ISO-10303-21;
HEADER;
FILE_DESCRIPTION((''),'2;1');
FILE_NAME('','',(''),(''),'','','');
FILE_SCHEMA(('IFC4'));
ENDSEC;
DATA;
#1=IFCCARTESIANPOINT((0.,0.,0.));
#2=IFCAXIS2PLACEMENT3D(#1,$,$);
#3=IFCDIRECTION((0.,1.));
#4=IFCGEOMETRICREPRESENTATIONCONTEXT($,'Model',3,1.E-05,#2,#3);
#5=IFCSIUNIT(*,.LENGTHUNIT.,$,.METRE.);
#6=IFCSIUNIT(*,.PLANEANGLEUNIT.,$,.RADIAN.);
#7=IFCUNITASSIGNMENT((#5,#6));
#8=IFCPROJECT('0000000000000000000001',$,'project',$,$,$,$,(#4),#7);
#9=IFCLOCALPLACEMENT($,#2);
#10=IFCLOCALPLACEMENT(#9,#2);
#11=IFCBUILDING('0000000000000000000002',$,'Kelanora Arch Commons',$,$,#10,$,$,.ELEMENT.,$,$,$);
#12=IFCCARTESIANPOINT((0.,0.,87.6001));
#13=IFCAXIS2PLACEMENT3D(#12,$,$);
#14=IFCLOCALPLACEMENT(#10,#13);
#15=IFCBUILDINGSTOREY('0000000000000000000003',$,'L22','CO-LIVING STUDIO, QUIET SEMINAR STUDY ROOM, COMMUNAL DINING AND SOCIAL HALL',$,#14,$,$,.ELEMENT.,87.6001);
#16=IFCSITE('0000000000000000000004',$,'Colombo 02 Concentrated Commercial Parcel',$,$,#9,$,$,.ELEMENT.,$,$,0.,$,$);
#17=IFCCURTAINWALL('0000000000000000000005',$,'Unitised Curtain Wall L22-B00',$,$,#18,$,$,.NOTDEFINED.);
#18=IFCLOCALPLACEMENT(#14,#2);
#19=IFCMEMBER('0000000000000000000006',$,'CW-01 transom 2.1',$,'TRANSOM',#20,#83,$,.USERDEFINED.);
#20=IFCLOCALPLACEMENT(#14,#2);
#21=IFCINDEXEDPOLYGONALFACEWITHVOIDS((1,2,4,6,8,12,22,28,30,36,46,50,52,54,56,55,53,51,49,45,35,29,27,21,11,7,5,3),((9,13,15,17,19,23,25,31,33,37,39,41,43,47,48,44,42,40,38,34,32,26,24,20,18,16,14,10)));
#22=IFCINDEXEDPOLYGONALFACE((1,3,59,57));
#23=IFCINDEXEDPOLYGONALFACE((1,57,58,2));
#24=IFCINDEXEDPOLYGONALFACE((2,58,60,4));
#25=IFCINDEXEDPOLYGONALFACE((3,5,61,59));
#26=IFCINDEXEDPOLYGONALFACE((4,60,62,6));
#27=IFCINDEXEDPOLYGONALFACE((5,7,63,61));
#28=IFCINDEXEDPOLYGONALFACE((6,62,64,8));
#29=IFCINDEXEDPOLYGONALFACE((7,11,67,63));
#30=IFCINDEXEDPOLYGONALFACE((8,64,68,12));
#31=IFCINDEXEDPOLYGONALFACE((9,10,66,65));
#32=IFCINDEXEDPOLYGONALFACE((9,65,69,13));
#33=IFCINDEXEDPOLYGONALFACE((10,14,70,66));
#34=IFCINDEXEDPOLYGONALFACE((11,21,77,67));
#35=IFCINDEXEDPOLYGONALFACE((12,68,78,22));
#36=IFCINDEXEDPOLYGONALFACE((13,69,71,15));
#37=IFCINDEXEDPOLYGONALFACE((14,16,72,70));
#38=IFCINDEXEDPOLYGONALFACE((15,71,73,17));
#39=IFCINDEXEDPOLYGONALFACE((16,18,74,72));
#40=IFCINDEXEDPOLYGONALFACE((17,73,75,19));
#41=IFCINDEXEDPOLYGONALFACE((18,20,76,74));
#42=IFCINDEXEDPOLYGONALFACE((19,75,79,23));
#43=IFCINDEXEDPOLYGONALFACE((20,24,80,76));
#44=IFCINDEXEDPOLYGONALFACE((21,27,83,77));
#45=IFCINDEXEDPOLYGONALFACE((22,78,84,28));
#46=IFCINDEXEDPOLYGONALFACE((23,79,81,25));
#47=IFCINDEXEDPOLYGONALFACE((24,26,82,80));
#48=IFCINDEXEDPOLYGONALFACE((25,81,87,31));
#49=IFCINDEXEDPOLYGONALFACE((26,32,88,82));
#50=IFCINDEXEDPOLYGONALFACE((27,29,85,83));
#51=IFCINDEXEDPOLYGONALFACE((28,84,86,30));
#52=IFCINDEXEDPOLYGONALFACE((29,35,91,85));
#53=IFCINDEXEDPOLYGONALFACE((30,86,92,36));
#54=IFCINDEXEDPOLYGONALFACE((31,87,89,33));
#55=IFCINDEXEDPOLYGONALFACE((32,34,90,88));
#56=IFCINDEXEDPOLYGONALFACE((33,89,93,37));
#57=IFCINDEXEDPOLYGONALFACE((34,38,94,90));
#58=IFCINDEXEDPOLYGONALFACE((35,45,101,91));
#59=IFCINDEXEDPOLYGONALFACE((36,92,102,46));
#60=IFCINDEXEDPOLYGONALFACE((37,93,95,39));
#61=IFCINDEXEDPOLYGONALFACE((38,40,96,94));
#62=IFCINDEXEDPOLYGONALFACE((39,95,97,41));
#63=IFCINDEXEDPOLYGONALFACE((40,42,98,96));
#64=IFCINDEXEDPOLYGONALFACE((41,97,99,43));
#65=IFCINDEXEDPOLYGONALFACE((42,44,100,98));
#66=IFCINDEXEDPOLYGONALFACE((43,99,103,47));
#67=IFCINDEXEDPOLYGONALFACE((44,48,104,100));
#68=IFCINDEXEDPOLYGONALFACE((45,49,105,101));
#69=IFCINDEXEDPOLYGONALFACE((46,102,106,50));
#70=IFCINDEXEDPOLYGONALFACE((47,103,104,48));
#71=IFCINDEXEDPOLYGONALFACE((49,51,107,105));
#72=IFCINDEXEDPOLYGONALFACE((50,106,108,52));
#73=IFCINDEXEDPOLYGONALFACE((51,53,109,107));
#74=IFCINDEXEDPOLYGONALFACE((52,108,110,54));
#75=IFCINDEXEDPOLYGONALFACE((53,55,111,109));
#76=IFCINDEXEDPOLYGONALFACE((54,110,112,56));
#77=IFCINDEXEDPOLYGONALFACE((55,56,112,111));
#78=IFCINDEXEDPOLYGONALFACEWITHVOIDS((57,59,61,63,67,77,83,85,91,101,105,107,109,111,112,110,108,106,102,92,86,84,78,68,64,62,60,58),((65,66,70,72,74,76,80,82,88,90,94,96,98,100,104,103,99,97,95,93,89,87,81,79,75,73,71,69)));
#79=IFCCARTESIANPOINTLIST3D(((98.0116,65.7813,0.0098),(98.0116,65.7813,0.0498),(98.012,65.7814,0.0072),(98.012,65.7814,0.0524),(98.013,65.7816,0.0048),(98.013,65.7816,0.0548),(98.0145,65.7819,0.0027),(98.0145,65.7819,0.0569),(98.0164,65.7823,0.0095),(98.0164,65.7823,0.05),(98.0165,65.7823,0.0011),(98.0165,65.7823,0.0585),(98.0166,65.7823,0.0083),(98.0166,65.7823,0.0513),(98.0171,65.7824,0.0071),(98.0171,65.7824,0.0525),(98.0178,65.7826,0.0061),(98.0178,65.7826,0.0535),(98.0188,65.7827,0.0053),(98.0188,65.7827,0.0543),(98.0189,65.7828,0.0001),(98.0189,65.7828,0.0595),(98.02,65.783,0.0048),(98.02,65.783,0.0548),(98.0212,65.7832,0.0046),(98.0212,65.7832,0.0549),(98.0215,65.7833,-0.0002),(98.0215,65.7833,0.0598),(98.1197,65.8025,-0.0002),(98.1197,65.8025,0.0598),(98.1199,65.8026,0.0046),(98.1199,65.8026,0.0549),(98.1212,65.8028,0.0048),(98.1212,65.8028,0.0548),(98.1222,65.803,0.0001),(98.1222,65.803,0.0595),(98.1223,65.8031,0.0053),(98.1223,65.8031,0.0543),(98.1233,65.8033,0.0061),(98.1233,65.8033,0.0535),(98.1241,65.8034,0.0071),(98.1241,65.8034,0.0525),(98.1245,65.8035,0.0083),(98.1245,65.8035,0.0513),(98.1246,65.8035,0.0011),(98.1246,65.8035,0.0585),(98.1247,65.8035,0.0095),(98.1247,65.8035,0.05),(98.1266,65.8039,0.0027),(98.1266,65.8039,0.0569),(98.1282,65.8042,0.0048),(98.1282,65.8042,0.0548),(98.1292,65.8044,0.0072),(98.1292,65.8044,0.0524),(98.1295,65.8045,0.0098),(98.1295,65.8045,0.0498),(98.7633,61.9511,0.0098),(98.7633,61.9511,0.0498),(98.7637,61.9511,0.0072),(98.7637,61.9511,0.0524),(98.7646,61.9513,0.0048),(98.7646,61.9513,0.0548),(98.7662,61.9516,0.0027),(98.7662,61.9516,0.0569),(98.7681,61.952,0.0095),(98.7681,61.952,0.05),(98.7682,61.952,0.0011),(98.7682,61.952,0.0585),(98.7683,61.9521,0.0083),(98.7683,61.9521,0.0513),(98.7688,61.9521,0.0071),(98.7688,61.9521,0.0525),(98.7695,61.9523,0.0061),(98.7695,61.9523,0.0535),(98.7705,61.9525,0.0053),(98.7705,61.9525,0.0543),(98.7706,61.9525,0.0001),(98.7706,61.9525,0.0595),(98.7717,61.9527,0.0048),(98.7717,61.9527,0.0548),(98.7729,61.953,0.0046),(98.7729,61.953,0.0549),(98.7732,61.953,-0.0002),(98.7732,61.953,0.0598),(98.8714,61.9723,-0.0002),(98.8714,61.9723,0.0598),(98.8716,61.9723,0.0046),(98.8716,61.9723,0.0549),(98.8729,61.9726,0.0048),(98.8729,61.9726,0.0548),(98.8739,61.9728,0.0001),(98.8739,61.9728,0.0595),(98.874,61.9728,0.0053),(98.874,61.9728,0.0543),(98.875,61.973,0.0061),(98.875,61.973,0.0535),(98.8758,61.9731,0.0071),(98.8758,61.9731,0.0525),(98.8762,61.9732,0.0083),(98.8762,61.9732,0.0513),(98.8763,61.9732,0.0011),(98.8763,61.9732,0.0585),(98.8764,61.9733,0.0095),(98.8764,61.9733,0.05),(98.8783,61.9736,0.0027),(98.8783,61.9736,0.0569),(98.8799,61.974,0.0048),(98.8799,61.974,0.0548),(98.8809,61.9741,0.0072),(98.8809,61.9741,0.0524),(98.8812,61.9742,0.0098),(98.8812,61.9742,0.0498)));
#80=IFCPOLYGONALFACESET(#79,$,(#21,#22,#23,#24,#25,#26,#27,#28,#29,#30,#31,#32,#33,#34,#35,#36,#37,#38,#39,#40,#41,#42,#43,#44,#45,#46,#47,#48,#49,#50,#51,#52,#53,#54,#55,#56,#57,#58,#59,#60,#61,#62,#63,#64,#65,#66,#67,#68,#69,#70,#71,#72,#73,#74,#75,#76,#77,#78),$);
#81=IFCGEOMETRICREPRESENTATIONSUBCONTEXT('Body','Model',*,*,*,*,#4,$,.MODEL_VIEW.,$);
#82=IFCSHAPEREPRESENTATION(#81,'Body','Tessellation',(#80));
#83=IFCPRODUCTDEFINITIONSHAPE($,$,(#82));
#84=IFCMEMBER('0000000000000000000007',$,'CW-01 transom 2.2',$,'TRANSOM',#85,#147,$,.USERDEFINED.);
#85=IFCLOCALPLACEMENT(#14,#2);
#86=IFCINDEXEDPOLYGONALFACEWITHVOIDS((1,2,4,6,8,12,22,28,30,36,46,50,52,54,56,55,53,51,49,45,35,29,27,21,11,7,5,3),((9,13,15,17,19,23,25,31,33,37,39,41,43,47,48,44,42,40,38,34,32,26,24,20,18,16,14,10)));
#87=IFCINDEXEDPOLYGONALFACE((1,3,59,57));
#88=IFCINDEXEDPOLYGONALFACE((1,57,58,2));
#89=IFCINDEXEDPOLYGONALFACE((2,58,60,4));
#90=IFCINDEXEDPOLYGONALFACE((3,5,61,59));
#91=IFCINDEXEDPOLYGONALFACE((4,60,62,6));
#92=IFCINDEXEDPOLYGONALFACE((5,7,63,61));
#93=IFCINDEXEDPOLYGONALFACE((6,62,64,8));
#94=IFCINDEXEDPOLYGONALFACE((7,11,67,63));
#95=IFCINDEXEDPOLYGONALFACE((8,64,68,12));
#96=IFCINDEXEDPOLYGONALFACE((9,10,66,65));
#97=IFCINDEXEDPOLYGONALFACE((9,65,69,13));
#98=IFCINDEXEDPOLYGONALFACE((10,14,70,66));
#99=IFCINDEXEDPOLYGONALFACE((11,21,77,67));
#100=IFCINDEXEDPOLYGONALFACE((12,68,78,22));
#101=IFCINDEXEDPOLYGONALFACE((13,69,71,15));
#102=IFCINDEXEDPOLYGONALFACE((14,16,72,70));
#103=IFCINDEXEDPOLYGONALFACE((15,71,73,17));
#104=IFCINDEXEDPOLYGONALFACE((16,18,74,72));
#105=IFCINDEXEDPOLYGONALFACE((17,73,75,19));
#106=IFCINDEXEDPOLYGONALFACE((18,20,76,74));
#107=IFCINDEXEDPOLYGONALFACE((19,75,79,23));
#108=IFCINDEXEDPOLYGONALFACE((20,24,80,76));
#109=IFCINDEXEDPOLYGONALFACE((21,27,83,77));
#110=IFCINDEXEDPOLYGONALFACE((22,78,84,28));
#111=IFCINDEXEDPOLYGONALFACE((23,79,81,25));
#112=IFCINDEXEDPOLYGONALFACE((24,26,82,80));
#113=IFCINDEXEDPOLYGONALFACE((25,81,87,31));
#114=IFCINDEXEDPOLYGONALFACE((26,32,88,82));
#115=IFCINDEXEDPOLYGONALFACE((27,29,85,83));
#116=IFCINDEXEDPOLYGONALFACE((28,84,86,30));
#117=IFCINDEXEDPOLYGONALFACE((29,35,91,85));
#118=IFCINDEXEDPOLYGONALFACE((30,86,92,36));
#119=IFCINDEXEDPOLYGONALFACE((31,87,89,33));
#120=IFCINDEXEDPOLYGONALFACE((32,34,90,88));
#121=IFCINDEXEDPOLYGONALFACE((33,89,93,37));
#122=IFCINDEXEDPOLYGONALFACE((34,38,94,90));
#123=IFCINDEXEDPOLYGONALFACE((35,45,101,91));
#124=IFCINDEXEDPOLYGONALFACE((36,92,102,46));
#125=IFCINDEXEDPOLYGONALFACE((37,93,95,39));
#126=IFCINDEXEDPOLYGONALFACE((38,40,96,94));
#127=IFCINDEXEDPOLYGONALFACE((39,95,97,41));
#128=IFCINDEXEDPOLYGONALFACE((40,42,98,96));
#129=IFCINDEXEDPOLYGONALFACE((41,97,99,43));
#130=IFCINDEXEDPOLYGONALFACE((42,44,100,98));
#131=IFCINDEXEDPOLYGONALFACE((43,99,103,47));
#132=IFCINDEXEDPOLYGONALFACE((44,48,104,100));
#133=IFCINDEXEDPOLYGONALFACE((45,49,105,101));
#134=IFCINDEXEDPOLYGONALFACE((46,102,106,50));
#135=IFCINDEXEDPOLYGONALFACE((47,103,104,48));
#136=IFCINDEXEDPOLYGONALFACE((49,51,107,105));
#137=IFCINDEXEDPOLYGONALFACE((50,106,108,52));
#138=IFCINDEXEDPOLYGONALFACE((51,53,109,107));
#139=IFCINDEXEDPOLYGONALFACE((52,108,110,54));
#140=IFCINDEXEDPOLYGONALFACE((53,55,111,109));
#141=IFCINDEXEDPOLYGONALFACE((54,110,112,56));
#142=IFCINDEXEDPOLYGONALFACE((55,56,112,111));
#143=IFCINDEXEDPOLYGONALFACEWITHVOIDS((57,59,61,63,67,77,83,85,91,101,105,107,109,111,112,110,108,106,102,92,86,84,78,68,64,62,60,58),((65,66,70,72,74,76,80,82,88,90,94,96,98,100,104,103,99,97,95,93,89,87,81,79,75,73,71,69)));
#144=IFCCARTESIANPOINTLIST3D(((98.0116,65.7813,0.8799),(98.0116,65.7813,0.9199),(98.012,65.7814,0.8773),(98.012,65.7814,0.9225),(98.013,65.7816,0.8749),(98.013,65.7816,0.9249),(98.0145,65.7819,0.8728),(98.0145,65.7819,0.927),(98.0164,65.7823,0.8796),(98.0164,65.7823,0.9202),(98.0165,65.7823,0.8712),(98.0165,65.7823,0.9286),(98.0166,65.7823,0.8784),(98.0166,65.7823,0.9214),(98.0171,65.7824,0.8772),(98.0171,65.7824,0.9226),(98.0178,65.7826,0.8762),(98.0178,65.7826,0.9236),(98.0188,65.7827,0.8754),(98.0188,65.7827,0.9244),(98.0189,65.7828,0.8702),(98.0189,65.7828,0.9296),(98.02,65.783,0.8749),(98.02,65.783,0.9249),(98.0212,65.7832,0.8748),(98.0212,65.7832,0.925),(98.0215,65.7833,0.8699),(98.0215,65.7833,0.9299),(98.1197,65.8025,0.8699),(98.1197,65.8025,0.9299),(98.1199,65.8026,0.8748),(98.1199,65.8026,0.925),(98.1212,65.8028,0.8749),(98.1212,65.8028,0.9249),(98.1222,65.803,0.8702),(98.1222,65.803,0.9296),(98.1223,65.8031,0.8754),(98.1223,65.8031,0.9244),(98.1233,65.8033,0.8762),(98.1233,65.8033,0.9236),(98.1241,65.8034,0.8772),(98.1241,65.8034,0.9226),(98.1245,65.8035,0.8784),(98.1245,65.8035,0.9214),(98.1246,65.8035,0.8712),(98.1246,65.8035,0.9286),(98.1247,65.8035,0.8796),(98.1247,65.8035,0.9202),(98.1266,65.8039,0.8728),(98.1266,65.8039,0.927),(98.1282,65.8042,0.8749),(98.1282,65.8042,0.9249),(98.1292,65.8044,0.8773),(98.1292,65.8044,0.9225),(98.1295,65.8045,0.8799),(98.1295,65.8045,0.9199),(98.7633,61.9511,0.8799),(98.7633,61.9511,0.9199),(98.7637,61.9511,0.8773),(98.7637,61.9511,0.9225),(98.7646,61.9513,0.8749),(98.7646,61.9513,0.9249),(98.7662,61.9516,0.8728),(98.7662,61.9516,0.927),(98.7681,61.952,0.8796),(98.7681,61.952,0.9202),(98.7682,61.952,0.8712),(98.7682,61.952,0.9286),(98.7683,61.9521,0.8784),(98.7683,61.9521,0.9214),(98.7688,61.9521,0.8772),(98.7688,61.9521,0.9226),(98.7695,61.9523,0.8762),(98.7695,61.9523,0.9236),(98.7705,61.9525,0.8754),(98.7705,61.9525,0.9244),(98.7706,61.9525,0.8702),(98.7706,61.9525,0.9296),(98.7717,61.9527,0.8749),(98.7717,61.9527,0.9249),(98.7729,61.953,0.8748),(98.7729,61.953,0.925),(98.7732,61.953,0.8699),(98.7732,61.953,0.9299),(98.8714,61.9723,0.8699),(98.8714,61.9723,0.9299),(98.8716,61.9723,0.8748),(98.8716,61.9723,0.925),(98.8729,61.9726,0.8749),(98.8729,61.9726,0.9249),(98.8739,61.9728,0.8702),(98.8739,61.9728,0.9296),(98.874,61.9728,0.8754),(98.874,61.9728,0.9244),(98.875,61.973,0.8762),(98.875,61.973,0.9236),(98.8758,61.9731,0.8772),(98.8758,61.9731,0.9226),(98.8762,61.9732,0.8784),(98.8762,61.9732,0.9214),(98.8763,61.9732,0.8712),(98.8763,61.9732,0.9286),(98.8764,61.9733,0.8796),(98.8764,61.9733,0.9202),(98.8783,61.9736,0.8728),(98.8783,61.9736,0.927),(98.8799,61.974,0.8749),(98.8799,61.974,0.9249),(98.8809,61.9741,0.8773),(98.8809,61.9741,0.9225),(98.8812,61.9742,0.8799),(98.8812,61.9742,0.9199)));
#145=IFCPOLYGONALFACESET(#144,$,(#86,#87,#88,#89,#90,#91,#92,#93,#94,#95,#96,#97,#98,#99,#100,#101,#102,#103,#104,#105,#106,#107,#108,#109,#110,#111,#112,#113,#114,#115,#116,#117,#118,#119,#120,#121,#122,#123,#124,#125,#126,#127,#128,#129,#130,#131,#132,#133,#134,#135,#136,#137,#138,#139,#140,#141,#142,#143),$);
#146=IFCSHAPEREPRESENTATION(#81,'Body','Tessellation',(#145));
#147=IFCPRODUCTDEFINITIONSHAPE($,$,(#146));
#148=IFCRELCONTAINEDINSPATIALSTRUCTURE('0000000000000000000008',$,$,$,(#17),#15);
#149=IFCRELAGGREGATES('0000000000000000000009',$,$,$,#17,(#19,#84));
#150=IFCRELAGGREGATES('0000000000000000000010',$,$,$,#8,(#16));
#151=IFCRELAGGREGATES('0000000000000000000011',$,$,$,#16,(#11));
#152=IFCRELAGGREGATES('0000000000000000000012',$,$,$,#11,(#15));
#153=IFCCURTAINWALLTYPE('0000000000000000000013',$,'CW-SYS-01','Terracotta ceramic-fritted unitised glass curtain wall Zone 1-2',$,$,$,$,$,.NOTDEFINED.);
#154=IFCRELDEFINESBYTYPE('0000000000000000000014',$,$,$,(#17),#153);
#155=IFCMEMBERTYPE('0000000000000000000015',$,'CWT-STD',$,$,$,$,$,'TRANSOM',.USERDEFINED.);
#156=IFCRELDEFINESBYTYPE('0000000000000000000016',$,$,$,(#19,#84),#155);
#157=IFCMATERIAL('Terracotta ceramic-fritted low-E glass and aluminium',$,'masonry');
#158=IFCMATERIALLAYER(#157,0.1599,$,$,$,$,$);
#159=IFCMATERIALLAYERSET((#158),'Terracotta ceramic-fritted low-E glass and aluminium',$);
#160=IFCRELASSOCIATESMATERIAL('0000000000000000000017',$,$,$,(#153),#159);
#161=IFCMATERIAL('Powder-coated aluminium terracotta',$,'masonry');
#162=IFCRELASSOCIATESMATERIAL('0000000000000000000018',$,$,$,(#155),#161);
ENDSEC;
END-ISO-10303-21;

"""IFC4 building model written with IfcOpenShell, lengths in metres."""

from ifc_helpers import new_model, si_unit, direction, frame, origin, origin_2d, place, context, subcontext, project, spatial, hollow_rectangle, extrude, material, layer, layer_set, material_profile, profile_set, type_object, element, aggregate, save


model = new_model("IFC4")

# Units and contexts
model_context = context("Model", 3, precision=1e-05, world=origin(), true_north=direction((0.0, 1.0)))
body_context = subcontext(model_context, "Body", "Model", "MODEL_VIEW")
ifc_project = project(units=[si_unit("LENGTHUNIT", "METRE"), si_unit("PLANEANGLEUNIT", "RADIAN")], contexts=[model_context])

# Site, building, storey
site_placement = place(None, origin())
site = spatial("IfcSite", under=ifc_project, at=site_placement, Name="Colombo 02 Concentrated Commercial Parcel", CompositionType="ELEMENT", RefElevation=0.0)
building_placement = place(site_placement, origin())
building = spatial("IfcBuilding", under=site, at=building_placement, Name="Kelanora Arch Commons", CompositionType="ELEMENT")
storey_placement = place(building_placement, frame((0.0, 0.0, 87.6001)))
storey = spatial("IfcBuildingStorey", under=building, at=storey_placement, Name="L22", Description="CO-LIVING STUDIO, QUIET SEMINAR STUDY ROOM, COMMUNAL DINING AND SOCIAL HALL", CompositionType="ELEMENT", Elevation=87.6001)

# Curtain wall, members
ifc_material_1 = material(Name="Terracotta ceramic-fritted low-E glass and aluminium", Category="masonry")
ifc_layer_1 = layer(ifc_material_1, 0.1599)
ifc_layer_set_1 = layer_set([ifc_layer_1], Name="Terracotta ceramic-fritted low-E glass and aluminium")
curtain_wall_type = type_object("IfcCurtainWallType", Name="CW-SYS-01", Description="Terracotta ceramic-fritted unitised glass curtain wall Zone 1-2", PredefinedType="NOTDEFINED", material=ifc_layer_set_1)
curtain_wall_placement = place(storey_placement, origin())
curtain_wall = element("IfcCurtainWall", 1, at=curtain_wall_placement, inside=storey, type_object=curtain_wall_type, Name="Unitised Curtain Wall L22-B00", PredefinedType="NOTDEFINED")
ifc_material_2 = material(Name="Powder-coated aluminium terracotta", Category="masonry")
ifc_material_profile_1 = material_profile(ifc_material_2, hollow_rectangle(XDim=0.1201, YDim=0.0601, WallThickness=0.0049, InnerFilletRadius=0.0049, OuterFilletRadius=0.01, at=origin_2d()), Name="CWT120x60")
ifc_profile_set_1 = profile_set([ifc_material_profile_1], Name="Powder-coated aluminium terracotta")
member_type_1 = type_object("IfcMemberType", Name="CWT-STD", ElementType="TRANSOM", PredefinedType="USERDEFINED", material=ifc_profile_set_1)
member_1_placement = place(storey_placement, frame((98.8223, 61.9626, 0.0298), z_axis=(-0.192579, 0.981282, 0.0), x_axis=(-0.981282, -0.192579, 0.0)))
member_1 = element("IfcMember", 2, at=member_1_placement, type_object=member_type_1, Name="CW-01 transom 2.1", ObjectType="TRANSOM", PredefinedType="USERDEFINED", context=body_context, shape_type="SweptSolid", body=[
    extrude(hollow_rectangle(XDim=0.1201, YDim=0.0601, WallThickness=0.0049, InnerFilletRadius=0.0049, OuterFilletRadius=0.01, at=origin_2d()), origin(), (0.0, 0.0, 1.0), 3.9033),
])
member_2_placement = place(storey_placement, frame((98.8223, 61.9626, 0.8999), z_axis=(-0.192579, 0.981282, 0.0), x_axis=(-0.981282, -0.192579, 0.0)))
member_2 = element("IfcMember", 3, at=member_2_placement, type_object=member_type_1, Name="CW-01 transom 2.2", ObjectType="TRANSOM", PredefinedType="USERDEFINED", context=body_context, shape_type="SweptSolid", body=[
    extrude(hollow_rectangle(XDim=0.1201, YDim=0.0601, WallThickness=0.0049, InnerFilletRadius=0.0049, OuterFilletRadius=0.01, at=origin_2d()), origin(), (0.0, 0.0, 1.0), 3.9033),
])
aggregate(curtain_wall, [member_1, member_2])

save(model, "model.ifc")
